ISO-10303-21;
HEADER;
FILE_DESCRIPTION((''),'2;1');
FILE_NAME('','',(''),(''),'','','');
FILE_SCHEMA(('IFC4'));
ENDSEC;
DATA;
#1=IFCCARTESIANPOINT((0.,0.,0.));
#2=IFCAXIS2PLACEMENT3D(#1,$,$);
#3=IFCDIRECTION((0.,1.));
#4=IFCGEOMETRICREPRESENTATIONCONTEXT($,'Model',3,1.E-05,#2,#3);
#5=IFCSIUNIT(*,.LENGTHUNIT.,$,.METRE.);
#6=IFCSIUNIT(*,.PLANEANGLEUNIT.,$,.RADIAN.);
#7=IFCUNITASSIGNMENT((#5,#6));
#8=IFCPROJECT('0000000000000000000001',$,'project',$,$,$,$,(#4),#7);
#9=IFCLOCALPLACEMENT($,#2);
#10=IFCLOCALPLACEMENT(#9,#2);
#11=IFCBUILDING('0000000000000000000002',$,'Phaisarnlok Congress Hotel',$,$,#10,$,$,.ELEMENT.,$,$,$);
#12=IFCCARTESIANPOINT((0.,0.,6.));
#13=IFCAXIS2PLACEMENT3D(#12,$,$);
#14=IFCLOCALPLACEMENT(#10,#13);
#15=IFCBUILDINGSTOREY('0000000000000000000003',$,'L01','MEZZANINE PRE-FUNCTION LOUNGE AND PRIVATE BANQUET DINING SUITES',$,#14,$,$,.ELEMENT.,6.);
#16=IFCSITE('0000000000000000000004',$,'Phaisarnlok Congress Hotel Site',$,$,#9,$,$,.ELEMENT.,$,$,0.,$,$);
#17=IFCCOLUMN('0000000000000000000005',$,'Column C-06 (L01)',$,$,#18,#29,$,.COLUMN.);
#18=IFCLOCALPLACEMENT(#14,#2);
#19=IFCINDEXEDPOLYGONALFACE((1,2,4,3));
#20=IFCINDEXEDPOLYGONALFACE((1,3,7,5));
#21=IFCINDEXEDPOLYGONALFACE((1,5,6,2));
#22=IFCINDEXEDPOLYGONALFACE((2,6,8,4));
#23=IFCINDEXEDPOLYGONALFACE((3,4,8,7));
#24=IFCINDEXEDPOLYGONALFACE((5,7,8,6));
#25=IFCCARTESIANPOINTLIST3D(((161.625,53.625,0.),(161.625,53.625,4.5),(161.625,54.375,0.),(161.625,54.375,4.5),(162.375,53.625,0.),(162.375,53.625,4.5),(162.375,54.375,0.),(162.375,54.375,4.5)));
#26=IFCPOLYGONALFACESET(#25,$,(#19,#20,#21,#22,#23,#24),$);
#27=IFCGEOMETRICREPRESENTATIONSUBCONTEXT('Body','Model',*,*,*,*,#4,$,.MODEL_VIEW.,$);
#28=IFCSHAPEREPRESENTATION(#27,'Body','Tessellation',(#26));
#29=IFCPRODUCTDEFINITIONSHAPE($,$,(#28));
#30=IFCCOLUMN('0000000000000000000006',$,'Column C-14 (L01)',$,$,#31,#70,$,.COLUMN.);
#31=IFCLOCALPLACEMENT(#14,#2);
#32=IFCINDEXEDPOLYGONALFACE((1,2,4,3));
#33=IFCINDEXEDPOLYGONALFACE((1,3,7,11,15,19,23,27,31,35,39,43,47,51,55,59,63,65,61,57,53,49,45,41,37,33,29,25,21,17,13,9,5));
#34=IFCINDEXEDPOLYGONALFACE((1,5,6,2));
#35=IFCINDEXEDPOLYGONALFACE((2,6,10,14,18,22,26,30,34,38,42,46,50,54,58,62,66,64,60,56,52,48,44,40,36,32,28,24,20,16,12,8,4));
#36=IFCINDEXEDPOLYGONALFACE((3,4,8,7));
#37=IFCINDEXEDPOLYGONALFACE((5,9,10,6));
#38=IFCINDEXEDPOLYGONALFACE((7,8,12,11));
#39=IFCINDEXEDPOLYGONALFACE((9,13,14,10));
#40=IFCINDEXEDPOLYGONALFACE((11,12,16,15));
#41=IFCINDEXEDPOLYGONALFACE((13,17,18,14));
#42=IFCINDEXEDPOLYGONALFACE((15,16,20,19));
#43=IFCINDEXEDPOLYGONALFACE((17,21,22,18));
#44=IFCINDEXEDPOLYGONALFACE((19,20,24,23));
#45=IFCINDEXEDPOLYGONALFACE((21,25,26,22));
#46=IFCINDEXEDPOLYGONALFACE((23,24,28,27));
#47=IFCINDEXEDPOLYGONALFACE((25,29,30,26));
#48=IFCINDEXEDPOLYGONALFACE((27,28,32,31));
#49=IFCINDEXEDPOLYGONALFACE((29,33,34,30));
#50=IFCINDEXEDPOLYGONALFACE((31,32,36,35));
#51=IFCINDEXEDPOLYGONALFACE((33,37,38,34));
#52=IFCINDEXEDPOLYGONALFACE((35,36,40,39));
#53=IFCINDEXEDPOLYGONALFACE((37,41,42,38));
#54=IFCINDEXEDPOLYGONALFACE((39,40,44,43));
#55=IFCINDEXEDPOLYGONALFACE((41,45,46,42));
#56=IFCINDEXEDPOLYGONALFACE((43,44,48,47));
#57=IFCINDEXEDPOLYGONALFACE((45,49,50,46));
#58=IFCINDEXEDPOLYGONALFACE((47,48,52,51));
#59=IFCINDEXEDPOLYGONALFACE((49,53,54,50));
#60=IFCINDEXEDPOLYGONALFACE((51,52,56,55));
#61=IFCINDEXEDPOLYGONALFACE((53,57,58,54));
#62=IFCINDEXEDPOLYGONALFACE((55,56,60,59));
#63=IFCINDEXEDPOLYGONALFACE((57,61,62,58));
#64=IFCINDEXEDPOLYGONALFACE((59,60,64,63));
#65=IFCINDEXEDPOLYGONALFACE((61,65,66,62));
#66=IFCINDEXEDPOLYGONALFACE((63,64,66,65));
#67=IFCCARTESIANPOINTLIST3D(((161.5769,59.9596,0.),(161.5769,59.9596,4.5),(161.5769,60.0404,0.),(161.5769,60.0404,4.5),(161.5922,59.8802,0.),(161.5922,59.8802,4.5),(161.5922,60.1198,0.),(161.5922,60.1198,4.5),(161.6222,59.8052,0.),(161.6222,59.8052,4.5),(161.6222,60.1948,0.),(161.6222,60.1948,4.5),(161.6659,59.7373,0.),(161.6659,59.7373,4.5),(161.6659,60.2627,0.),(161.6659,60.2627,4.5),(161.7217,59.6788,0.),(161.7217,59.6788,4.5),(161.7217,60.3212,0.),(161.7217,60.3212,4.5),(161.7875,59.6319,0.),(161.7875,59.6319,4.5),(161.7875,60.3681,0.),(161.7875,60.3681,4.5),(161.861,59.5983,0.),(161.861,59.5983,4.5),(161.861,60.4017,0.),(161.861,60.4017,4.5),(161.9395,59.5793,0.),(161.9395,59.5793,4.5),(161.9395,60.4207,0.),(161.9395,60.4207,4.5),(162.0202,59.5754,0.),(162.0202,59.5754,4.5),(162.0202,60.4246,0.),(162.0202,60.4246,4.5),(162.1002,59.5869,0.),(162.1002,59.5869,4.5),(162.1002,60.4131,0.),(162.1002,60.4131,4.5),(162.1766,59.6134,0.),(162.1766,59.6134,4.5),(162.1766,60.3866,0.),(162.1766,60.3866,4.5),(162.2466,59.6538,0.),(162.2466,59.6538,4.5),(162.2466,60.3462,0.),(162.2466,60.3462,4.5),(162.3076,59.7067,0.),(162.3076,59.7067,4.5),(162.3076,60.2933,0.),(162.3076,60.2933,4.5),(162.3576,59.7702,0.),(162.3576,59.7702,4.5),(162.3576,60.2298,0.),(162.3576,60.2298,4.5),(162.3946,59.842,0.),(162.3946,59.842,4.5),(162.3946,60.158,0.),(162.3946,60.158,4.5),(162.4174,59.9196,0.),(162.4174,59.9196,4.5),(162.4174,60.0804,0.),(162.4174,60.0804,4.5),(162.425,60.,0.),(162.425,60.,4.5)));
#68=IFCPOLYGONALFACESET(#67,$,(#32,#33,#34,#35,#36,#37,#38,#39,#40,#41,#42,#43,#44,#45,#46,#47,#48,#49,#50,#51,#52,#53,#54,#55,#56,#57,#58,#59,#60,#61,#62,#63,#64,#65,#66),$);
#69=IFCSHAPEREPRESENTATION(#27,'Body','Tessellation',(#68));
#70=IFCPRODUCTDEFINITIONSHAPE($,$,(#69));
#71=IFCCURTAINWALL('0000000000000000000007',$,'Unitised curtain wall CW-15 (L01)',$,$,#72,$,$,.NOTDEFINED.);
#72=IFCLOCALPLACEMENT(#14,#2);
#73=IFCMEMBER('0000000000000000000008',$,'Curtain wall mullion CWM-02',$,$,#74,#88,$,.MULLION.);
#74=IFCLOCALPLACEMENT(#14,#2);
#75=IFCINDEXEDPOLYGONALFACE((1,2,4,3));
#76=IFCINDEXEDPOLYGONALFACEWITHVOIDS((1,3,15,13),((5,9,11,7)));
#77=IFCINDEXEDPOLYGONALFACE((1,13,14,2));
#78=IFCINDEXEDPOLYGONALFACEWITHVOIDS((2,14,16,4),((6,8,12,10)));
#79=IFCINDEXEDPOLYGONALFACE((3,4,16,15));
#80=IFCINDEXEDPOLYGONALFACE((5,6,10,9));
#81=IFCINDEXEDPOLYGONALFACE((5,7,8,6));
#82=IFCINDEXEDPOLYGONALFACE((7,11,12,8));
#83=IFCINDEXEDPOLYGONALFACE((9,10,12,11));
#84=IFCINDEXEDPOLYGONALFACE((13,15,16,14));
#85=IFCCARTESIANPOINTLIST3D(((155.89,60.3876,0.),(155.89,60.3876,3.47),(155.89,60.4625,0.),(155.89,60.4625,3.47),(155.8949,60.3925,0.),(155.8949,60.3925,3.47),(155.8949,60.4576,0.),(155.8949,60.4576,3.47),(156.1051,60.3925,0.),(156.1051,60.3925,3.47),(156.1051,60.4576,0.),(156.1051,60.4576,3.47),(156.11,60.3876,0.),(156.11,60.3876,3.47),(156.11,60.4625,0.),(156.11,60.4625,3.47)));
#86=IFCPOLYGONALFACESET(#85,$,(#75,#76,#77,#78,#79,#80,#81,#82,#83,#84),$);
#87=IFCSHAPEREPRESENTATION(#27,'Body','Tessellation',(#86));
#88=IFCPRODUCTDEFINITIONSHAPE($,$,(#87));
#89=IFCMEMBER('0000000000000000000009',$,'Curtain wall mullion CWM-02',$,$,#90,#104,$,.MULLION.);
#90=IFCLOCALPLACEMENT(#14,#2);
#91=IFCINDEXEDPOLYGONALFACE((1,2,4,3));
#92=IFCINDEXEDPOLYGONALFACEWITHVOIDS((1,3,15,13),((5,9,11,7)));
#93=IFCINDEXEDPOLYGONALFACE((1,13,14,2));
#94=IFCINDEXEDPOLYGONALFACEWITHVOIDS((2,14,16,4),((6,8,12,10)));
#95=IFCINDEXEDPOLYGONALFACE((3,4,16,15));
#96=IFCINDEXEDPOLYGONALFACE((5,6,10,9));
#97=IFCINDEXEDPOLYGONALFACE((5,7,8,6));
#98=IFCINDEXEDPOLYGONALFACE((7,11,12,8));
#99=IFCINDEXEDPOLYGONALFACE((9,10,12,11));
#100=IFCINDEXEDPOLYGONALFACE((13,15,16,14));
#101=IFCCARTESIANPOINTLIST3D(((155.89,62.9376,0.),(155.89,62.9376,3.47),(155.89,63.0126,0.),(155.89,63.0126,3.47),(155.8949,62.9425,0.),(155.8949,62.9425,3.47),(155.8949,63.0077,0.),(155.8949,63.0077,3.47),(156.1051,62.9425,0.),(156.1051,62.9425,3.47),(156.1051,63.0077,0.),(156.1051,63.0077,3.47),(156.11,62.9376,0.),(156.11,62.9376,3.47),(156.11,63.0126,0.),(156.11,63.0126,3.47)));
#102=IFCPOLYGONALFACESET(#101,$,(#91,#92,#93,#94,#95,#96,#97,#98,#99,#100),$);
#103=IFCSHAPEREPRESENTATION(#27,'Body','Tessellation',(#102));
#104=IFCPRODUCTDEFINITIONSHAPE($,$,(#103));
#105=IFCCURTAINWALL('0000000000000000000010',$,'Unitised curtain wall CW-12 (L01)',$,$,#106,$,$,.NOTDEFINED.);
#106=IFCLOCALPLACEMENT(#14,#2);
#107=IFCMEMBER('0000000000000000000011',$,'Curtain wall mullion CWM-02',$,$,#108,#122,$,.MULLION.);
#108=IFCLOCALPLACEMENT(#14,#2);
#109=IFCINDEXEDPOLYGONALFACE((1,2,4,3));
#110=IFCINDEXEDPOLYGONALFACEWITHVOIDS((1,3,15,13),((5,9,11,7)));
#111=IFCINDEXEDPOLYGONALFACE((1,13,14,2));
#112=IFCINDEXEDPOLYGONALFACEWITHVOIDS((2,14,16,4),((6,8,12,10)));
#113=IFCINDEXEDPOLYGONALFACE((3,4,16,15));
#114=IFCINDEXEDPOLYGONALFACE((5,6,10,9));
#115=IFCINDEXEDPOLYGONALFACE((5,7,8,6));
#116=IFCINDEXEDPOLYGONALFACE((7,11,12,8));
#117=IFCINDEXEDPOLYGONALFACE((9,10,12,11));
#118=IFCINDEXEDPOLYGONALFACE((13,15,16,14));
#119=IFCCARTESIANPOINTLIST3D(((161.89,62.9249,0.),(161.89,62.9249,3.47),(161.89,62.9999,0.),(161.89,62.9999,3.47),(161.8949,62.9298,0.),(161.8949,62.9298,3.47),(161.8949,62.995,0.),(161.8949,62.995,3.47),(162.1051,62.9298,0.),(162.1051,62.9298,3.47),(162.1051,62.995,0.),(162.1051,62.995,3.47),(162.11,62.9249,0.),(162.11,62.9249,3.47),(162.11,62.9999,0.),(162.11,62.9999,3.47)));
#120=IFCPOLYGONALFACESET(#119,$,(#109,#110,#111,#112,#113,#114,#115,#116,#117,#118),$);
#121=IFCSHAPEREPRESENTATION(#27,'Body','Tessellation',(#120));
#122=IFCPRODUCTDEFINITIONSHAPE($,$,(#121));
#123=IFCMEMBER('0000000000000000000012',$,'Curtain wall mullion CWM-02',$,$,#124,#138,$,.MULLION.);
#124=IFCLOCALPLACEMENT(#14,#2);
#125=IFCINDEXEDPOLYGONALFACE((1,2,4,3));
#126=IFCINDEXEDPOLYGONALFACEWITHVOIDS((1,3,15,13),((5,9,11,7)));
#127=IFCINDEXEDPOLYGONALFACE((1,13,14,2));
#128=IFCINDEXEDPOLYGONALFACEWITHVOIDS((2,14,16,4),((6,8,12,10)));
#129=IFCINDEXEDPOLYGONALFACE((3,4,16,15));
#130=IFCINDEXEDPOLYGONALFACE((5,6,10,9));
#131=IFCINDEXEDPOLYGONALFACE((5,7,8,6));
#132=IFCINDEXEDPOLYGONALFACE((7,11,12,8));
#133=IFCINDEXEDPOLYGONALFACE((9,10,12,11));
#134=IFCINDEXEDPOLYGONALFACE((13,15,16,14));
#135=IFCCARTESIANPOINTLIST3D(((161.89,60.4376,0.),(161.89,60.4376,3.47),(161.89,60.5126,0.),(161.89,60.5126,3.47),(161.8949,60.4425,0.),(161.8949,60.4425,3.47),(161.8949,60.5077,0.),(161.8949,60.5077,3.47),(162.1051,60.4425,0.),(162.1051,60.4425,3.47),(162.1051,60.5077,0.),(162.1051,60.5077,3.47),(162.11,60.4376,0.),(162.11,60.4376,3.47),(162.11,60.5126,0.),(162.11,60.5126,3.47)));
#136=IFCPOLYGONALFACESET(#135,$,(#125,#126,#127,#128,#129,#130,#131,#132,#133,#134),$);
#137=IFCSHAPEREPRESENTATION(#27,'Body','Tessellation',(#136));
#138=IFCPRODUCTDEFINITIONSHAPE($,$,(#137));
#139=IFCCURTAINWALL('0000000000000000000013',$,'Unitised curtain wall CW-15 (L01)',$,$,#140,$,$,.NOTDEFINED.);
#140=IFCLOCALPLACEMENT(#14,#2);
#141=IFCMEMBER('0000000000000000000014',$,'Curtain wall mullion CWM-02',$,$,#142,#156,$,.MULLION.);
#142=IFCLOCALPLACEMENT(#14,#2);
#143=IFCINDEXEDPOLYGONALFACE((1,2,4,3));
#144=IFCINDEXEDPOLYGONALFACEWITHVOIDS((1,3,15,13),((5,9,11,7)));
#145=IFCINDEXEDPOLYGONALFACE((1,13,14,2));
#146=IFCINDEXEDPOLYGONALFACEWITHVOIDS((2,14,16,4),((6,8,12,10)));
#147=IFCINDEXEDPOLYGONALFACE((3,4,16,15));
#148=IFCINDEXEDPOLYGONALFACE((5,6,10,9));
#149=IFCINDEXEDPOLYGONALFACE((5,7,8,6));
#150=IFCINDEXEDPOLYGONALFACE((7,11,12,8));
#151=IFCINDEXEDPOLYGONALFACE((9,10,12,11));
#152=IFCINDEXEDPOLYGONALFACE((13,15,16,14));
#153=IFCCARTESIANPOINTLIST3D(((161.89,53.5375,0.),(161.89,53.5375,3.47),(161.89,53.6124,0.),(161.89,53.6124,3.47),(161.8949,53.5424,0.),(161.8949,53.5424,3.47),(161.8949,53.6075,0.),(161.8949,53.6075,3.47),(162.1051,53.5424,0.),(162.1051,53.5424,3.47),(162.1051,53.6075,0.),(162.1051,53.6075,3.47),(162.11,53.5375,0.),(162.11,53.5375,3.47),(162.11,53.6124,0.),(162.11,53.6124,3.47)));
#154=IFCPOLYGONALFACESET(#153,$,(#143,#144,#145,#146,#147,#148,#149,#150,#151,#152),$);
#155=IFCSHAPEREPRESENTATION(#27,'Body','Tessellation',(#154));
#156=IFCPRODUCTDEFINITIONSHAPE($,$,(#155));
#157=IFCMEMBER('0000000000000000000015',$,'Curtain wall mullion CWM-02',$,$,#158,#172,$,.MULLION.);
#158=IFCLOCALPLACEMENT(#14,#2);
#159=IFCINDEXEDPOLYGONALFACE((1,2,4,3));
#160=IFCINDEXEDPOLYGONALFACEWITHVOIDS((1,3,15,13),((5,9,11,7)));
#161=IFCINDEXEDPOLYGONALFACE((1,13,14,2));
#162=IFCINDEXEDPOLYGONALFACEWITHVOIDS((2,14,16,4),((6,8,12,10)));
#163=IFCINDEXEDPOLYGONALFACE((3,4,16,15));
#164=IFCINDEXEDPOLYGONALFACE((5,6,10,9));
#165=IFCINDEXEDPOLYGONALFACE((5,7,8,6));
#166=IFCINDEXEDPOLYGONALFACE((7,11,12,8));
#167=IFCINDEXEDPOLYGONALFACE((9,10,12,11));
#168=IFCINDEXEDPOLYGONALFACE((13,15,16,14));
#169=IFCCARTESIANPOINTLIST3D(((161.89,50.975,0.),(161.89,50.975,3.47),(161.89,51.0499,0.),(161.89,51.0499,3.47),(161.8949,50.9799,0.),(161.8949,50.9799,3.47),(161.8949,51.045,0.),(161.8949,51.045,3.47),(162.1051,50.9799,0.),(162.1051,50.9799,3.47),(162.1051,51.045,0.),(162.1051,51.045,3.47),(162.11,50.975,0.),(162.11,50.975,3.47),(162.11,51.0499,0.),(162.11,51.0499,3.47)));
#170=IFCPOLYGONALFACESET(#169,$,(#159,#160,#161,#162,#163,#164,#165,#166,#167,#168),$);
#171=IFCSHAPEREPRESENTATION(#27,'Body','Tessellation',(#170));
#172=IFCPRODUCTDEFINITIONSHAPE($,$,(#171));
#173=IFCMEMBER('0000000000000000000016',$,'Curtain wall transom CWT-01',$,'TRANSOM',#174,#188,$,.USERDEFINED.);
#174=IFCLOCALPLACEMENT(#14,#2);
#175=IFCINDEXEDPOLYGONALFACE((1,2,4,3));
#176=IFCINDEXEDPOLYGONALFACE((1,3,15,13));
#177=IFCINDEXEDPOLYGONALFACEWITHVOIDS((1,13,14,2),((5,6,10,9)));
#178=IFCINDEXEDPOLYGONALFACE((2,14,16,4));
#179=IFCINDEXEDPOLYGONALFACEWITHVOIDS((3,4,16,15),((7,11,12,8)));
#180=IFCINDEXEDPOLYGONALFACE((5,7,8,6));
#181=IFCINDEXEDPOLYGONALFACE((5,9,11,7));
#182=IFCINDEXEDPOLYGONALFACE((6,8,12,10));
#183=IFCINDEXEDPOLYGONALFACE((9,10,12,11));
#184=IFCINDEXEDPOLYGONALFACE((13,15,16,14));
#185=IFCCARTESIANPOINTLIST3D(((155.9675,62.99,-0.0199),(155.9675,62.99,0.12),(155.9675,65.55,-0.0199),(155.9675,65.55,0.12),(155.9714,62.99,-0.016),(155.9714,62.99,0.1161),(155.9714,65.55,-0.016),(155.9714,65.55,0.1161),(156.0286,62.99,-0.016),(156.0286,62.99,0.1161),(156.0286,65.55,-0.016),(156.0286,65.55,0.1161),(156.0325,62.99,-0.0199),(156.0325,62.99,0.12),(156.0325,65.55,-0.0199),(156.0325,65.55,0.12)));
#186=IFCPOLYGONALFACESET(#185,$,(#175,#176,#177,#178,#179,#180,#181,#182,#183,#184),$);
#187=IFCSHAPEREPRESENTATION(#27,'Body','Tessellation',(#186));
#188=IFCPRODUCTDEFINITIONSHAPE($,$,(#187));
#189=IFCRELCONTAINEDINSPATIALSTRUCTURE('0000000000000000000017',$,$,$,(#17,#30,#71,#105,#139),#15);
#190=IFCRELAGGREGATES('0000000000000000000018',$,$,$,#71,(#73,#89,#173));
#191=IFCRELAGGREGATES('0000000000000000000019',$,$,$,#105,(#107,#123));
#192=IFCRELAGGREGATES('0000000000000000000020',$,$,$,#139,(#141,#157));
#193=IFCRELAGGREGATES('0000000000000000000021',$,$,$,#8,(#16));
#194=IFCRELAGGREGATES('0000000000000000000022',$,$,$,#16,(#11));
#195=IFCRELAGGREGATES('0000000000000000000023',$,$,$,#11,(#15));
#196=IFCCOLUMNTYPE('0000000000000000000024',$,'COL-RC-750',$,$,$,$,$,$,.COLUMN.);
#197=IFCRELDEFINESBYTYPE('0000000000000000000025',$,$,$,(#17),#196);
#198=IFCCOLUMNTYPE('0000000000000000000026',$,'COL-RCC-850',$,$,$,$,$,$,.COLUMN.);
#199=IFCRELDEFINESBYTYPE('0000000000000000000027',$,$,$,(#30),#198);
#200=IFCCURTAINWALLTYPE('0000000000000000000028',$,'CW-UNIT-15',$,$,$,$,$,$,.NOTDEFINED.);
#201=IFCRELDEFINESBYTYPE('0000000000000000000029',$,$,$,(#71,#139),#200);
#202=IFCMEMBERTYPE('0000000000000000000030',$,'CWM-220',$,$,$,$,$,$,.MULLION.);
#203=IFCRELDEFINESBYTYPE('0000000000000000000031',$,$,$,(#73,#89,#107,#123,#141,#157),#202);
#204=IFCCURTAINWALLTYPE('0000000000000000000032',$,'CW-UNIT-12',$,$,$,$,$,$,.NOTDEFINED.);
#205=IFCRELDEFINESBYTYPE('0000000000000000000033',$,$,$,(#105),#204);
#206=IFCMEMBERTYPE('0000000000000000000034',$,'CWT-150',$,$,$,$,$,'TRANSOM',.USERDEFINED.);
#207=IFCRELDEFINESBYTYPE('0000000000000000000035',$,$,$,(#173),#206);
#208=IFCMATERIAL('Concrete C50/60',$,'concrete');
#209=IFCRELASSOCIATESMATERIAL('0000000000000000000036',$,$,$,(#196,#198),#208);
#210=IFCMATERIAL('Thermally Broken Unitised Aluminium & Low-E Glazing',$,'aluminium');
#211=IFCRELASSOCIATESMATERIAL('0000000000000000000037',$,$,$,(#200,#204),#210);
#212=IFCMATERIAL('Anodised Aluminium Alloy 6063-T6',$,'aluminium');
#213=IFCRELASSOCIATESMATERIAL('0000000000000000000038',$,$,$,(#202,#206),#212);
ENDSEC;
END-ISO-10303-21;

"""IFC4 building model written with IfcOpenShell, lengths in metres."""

from ifc_helpers import new_model, si_unit, direction, frame, origin, origin_2d, place, context, subcontext, project, spatial, rectangle, hollow_rectangle, circle, extrude, material, material_profile, profile_set, type_object, element, aggregate, save


model = new_model("IFC4")

# Units and contexts
model_context = context("Model", 3, precision=1e-05, world=origin(), true_north=direction((0.0, 1.0)))
body_context = subcontext(model_context, "Body", "Model", "MODEL_VIEW")
ifc_project = project(units=[si_unit("LENGTHUNIT", "METRE"), si_unit("PLANEANGLEUNIT", "RADIAN")], contexts=[model_context])

# Site, building, storey
site_placement = place(None, origin())
site = spatial("IfcSite", under=ifc_project, at=site_placement, Name="Phaisarnlok Congress Hotel Site", CompositionType="ELEMENT", RefElevation=0.0)
building_placement = place(site_placement, origin())
building = spatial("IfcBuilding", under=site, at=building_placement, Name="Phaisarnlok Congress Hotel", CompositionType="ELEMENT")
storey_placement = place(building_placement, frame((0.0, 0.0, 6.0)))
storey = spatial("IfcBuildingStorey", under=building, at=storey_placement, Name="L01", Description="MEZZANINE PRE-FUNCTION LOUNGE AND PRIVATE BANQUET DINING SUITES", CompositionType="ELEMENT", Elevation=6.0)

# Columns
ifc_material_1 = material(Name="Concrete C50/60", Category="concrete")
ifc_material_profile_1 = material_profile(ifc_material_1, rectangle(XDim=0.75, YDim=0.75, at=origin_2d()), Name="RC 750x750")
ifc_profile_set_1 = profile_set([ifc_material_profile_1], Name="Concrete C50/60")
column_type_1 = type_object("IfcColumnType", Name="COL-RC-750", PredefinedType="COLUMN", material=ifc_profile_set_1)
column_1_placement = place(storey_placement, frame((162.0, 54.0, 0.0), z_axis=(0.0, 0.0, 1.0), x_axis=(1.0, 0.0, 0.0)))
element("IfcColumn", 1, at=column_1_placement, inside=storey, type_object=column_type_1, Name="Column C-06 (L01)", PredefinedType="COLUMN", context=body_context, shape_type="SweptSolid", body=[
    extrude(rectangle(XDim=0.75, YDim=0.75, at=origin_2d()), origin(), (0.0, 0.0, 1.0), 4.5),
])
ifc_material_profile_2 = material_profile(ifc_material_1, circle(Radius=0.425, at=origin_2d()), Name="RCC D850")
ifc_profile_set_2 = profile_set([ifc_material_profile_2], Name="Concrete C50/60")
column_type_2 = type_object("IfcColumnType", Name="COL-RCC-850", PredefinedType="COLUMN", material=ifc_profile_set_2)
column_2_placement = place(storey_placement, frame((162.0, 60.0, 0.0), z_axis=(0.0, 0.0, 1.0), x_axis=(1.0, 0.0, 0.0)))
element("IfcColumn", 2, at=column_2_placement, inside=storey, type_object=column_type_2, Name="Column C-14 (L01)", PredefinedType="COLUMN", context=body_context, shape_type="SweptSolid", body=[
    extrude(circle(Radius=0.425, at=origin_2d()), origin(), (0.0, 0.0, 1.0), 4.5),
])

# Curtain walls, members
ifc_material_2 = material(Name="Thermally Broken Unitised Aluminium & Low-E Glazing", Category="aluminium")
curtain_wall_type_1 = type_object("IfcCurtainWallType", Name="CW-UNIT-15", PredefinedType="NOTDEFINED", material=ifc_material_2)
curtain_wall_1_placement = place(storey_placement, origin())
curtain_wall_1 = element("IfcCurtainWall", 3, at=curtain_wall_1_placement, inside=storey, type_object=curtain_wall_type_1, Name="Unitised curtain wall CW-15 (L01)", PredefinedType="NOTDEFINED")
ifc_material_3 = material(Name="Anodised Aluminium Alloy 6063-T6", Category="aluminium")
ifc_material_profile_3 = material_profile(ifc_material_3, hollow_rectangle(XDim=0.075, YDim=0.22, WallThickness=0.0049, at=origin_2d()), Name="ALU-M 75x220x5")
ifc_profile_set_3 = profile_set([ifc_material_profile_3], Name="Anodised Aluminium Alloy 6063-T6")
member_type_1 = type_object("IfcMemberType", Name="CWM-220", PredefinedType="MULLION", material=ifc_profile_set_3)
member_1_placement = place(storey_placement, frame((156.0, 60.425, 0.0), z_axis=(0.0, 0.0, 1.0), x_axis=(0.0, 1.0, 0.0)))
member_1 = element("IfcMember", 4, at=member_1_placement, type_object=member_type_1, Name="Curtain wall mullion CWM-02", PredefinedType="MULLION", context=body_context, shape_type="SweptSolid", body=[
    extrude(hollow_rectangle(XDim=0.075, YDim=0.22, WallThickness=0.0049, at=origin_2d()), origin(), (0.0, 0.0, 1.0), 3.47),
])
member_2_placement = place(storey_placement, frame((156.0, 62.9751, 0.0), z_axis=(0.0, 0.0, 1.0), x_axis=(0.0, 1.0, 0.0)))
member_2 = element("IfcMember", 5, at=member_2_placement, type_object=member_type_1, Name="Curtain wall mullion CWM-02", PredefinedType="MULLION", context=body_context, shape_type="SweptSolid", body=[
    extrude(hollow_rectangle(XDim=0.075, YDim=0.22, WallThickness=0.0049, at=origin_2d()), origin(), (0.0, 0.0, 1.0), 3.47),
])
curtain_wall_type_2 = type_object("IfcCurtainWallType", Name="CW-UNIT-12", PredefinedType="NOTDEFINED", material=ifc_material_2)
curtain_wall_2_placement = place(storey_placement, origin())
curtain_wall_2 = element("IfcCurtainWall", 6, at=curtain_wall_2_placement, inside=storey, type_object=curtain_wall_type_2, Name="Unitised curtain wall CW-12 (L01)", PredefinedType="NOTDEFINED")
member_3_placement = place(storey_placement, frame((162.0, 62.9624, 0.0), z_axis=(0.0, 0.0, 1.0), x_axis=(0.0, -1.0, 0.0)))
member_3 = element("IfcMember", 7, at=member_3_placement, type_object=member_type_1, Name="Curtain wall mullion CWM-02", PredefinedType="MULLION", context=body_context, shape_type="SweptSolid", body=[
    extrude(hollow_rectangle(XDim=0.075, YDim=0.22, WallThickness=0.0049, at=origin_2d()), origin(), (0.0, 0.0, 1.0), 3.47),
])
member_4_placement = place(storey_placement, frame((162.0, 60.4751, 0.0), z_axis=(0.0, 0.0, 1.0), x_axis=(0.0, -1.0, 0.0)))
member_4 = element("IfcMember", 8, at=member_4_placement, type_object=member_type_1, Name="Curtain wall mullion CWM-02", PredefinedType="MULLION", context=body_context, shape_type="SweptSolid", body=[
    extrude(hollow_rectangle(XDim=0.075, YDim=0.22, WallThickness=0.0049, at=origin_2d()), origin(), (0.0, 0.0, 1.0), 3.47),
])
curtain_wall_3_placement = place(storey_placement, origin())
curtain_wall_3 = element("IfcCurtainWall", 9, at=curtain_wall_3_placement, inside=storey, type_object=curtain_wall_type_1, Name="Unitised curtain wall CW-15 (L01)", PredefinedType="NOTDEFINED")
member_5_placement = place(storey_placement, frame((162.0, 53.575, 0.0), z_axis=(0.0, 0.0, 1.0), x_axis=(0.0, -1.0, 0.0)))
member_5 = element("IfcMember", 10, at=member_5_placement, type_object=member_type_1, Name="Curtain wall mullion CWM-02", PredefinedType="MULLION", context=body_context, shape_type="SweptSolid", body=[
    extrude(hollow_rectangle(XDim=0.075, YDim=0.22, WallThickness=0.0049, at=origin_2d()), origin(), (0.0, 0.0, 1.0), 3.47),
])
member_6_placement = place(storey_placement, frame((162.0, 51.0125, 0.0), z_axis=(0.0, 0.0, 1.0), x_axis=(0.0, -1.0, 0.0)))
member_6 = element("IfcMember", 11, at=member_6_placement, type_object=member_type_1, Name="Curtain wall mullion CWM-02", PredefinedType="MULLION", context=body_context, shape_type="SweptSolid", body=[
    extrude(hollow_rectangle(XDim=0.075, YDim=0.22, WallThickness=0.0049, at=origin_2d()), origin(), (0.0, 0.0, 1.0), 3.47),
])

# Member
ifc_material_profile_4 = material_profile(ifc_material_3, hollow_rectangle(XDim=0.0649, YDim=0.1399, WallThickness=0.0039, at=origin_2d()), Name="ALU-T 65x140x4")
ifc_profile_set_4 = profile_set([ifc_material_profile_4], Name="Anodised Aluminium Alloy 6063-T6")
member_type_2 = type_object("IfcMemberType", Name="CWT-150", ElementType="TRANSOM", PredefinedType="USERDEFINED", material=ifc_profile_set_4)
member_7_placement = place(storey_placement, frame((156.0, 62.99, 0.05), z_axis=(0.0, 1.0, 0.0), x_axis=(-1.0, 0.0, 0.0)))
member_7 = element("IfcMember", 12, at=member_7_placement, type_object=member_type_2, Name="Curtain wall transom CWT-01", ObjectType="TRANSOM", PredefinedType="USERDEFINED", context=body_context, shape_type="SweptSolid", body=[
    extrude(hollow_rectangle(XDim=0.0649, YDim=0.1399, WallThickness=0.0039, at=origin_2d()), origin(), (0.0, 0.0, 1.0), 2.5601),
])

aggregate(curtain_wall_1, [member_1, member_2, member_7])
aggregate(curtain_wall_2, [member_3, member_4])
aggregate(curtain_wall_3, [member_5, member_6])

save(model, "model.ifc")
